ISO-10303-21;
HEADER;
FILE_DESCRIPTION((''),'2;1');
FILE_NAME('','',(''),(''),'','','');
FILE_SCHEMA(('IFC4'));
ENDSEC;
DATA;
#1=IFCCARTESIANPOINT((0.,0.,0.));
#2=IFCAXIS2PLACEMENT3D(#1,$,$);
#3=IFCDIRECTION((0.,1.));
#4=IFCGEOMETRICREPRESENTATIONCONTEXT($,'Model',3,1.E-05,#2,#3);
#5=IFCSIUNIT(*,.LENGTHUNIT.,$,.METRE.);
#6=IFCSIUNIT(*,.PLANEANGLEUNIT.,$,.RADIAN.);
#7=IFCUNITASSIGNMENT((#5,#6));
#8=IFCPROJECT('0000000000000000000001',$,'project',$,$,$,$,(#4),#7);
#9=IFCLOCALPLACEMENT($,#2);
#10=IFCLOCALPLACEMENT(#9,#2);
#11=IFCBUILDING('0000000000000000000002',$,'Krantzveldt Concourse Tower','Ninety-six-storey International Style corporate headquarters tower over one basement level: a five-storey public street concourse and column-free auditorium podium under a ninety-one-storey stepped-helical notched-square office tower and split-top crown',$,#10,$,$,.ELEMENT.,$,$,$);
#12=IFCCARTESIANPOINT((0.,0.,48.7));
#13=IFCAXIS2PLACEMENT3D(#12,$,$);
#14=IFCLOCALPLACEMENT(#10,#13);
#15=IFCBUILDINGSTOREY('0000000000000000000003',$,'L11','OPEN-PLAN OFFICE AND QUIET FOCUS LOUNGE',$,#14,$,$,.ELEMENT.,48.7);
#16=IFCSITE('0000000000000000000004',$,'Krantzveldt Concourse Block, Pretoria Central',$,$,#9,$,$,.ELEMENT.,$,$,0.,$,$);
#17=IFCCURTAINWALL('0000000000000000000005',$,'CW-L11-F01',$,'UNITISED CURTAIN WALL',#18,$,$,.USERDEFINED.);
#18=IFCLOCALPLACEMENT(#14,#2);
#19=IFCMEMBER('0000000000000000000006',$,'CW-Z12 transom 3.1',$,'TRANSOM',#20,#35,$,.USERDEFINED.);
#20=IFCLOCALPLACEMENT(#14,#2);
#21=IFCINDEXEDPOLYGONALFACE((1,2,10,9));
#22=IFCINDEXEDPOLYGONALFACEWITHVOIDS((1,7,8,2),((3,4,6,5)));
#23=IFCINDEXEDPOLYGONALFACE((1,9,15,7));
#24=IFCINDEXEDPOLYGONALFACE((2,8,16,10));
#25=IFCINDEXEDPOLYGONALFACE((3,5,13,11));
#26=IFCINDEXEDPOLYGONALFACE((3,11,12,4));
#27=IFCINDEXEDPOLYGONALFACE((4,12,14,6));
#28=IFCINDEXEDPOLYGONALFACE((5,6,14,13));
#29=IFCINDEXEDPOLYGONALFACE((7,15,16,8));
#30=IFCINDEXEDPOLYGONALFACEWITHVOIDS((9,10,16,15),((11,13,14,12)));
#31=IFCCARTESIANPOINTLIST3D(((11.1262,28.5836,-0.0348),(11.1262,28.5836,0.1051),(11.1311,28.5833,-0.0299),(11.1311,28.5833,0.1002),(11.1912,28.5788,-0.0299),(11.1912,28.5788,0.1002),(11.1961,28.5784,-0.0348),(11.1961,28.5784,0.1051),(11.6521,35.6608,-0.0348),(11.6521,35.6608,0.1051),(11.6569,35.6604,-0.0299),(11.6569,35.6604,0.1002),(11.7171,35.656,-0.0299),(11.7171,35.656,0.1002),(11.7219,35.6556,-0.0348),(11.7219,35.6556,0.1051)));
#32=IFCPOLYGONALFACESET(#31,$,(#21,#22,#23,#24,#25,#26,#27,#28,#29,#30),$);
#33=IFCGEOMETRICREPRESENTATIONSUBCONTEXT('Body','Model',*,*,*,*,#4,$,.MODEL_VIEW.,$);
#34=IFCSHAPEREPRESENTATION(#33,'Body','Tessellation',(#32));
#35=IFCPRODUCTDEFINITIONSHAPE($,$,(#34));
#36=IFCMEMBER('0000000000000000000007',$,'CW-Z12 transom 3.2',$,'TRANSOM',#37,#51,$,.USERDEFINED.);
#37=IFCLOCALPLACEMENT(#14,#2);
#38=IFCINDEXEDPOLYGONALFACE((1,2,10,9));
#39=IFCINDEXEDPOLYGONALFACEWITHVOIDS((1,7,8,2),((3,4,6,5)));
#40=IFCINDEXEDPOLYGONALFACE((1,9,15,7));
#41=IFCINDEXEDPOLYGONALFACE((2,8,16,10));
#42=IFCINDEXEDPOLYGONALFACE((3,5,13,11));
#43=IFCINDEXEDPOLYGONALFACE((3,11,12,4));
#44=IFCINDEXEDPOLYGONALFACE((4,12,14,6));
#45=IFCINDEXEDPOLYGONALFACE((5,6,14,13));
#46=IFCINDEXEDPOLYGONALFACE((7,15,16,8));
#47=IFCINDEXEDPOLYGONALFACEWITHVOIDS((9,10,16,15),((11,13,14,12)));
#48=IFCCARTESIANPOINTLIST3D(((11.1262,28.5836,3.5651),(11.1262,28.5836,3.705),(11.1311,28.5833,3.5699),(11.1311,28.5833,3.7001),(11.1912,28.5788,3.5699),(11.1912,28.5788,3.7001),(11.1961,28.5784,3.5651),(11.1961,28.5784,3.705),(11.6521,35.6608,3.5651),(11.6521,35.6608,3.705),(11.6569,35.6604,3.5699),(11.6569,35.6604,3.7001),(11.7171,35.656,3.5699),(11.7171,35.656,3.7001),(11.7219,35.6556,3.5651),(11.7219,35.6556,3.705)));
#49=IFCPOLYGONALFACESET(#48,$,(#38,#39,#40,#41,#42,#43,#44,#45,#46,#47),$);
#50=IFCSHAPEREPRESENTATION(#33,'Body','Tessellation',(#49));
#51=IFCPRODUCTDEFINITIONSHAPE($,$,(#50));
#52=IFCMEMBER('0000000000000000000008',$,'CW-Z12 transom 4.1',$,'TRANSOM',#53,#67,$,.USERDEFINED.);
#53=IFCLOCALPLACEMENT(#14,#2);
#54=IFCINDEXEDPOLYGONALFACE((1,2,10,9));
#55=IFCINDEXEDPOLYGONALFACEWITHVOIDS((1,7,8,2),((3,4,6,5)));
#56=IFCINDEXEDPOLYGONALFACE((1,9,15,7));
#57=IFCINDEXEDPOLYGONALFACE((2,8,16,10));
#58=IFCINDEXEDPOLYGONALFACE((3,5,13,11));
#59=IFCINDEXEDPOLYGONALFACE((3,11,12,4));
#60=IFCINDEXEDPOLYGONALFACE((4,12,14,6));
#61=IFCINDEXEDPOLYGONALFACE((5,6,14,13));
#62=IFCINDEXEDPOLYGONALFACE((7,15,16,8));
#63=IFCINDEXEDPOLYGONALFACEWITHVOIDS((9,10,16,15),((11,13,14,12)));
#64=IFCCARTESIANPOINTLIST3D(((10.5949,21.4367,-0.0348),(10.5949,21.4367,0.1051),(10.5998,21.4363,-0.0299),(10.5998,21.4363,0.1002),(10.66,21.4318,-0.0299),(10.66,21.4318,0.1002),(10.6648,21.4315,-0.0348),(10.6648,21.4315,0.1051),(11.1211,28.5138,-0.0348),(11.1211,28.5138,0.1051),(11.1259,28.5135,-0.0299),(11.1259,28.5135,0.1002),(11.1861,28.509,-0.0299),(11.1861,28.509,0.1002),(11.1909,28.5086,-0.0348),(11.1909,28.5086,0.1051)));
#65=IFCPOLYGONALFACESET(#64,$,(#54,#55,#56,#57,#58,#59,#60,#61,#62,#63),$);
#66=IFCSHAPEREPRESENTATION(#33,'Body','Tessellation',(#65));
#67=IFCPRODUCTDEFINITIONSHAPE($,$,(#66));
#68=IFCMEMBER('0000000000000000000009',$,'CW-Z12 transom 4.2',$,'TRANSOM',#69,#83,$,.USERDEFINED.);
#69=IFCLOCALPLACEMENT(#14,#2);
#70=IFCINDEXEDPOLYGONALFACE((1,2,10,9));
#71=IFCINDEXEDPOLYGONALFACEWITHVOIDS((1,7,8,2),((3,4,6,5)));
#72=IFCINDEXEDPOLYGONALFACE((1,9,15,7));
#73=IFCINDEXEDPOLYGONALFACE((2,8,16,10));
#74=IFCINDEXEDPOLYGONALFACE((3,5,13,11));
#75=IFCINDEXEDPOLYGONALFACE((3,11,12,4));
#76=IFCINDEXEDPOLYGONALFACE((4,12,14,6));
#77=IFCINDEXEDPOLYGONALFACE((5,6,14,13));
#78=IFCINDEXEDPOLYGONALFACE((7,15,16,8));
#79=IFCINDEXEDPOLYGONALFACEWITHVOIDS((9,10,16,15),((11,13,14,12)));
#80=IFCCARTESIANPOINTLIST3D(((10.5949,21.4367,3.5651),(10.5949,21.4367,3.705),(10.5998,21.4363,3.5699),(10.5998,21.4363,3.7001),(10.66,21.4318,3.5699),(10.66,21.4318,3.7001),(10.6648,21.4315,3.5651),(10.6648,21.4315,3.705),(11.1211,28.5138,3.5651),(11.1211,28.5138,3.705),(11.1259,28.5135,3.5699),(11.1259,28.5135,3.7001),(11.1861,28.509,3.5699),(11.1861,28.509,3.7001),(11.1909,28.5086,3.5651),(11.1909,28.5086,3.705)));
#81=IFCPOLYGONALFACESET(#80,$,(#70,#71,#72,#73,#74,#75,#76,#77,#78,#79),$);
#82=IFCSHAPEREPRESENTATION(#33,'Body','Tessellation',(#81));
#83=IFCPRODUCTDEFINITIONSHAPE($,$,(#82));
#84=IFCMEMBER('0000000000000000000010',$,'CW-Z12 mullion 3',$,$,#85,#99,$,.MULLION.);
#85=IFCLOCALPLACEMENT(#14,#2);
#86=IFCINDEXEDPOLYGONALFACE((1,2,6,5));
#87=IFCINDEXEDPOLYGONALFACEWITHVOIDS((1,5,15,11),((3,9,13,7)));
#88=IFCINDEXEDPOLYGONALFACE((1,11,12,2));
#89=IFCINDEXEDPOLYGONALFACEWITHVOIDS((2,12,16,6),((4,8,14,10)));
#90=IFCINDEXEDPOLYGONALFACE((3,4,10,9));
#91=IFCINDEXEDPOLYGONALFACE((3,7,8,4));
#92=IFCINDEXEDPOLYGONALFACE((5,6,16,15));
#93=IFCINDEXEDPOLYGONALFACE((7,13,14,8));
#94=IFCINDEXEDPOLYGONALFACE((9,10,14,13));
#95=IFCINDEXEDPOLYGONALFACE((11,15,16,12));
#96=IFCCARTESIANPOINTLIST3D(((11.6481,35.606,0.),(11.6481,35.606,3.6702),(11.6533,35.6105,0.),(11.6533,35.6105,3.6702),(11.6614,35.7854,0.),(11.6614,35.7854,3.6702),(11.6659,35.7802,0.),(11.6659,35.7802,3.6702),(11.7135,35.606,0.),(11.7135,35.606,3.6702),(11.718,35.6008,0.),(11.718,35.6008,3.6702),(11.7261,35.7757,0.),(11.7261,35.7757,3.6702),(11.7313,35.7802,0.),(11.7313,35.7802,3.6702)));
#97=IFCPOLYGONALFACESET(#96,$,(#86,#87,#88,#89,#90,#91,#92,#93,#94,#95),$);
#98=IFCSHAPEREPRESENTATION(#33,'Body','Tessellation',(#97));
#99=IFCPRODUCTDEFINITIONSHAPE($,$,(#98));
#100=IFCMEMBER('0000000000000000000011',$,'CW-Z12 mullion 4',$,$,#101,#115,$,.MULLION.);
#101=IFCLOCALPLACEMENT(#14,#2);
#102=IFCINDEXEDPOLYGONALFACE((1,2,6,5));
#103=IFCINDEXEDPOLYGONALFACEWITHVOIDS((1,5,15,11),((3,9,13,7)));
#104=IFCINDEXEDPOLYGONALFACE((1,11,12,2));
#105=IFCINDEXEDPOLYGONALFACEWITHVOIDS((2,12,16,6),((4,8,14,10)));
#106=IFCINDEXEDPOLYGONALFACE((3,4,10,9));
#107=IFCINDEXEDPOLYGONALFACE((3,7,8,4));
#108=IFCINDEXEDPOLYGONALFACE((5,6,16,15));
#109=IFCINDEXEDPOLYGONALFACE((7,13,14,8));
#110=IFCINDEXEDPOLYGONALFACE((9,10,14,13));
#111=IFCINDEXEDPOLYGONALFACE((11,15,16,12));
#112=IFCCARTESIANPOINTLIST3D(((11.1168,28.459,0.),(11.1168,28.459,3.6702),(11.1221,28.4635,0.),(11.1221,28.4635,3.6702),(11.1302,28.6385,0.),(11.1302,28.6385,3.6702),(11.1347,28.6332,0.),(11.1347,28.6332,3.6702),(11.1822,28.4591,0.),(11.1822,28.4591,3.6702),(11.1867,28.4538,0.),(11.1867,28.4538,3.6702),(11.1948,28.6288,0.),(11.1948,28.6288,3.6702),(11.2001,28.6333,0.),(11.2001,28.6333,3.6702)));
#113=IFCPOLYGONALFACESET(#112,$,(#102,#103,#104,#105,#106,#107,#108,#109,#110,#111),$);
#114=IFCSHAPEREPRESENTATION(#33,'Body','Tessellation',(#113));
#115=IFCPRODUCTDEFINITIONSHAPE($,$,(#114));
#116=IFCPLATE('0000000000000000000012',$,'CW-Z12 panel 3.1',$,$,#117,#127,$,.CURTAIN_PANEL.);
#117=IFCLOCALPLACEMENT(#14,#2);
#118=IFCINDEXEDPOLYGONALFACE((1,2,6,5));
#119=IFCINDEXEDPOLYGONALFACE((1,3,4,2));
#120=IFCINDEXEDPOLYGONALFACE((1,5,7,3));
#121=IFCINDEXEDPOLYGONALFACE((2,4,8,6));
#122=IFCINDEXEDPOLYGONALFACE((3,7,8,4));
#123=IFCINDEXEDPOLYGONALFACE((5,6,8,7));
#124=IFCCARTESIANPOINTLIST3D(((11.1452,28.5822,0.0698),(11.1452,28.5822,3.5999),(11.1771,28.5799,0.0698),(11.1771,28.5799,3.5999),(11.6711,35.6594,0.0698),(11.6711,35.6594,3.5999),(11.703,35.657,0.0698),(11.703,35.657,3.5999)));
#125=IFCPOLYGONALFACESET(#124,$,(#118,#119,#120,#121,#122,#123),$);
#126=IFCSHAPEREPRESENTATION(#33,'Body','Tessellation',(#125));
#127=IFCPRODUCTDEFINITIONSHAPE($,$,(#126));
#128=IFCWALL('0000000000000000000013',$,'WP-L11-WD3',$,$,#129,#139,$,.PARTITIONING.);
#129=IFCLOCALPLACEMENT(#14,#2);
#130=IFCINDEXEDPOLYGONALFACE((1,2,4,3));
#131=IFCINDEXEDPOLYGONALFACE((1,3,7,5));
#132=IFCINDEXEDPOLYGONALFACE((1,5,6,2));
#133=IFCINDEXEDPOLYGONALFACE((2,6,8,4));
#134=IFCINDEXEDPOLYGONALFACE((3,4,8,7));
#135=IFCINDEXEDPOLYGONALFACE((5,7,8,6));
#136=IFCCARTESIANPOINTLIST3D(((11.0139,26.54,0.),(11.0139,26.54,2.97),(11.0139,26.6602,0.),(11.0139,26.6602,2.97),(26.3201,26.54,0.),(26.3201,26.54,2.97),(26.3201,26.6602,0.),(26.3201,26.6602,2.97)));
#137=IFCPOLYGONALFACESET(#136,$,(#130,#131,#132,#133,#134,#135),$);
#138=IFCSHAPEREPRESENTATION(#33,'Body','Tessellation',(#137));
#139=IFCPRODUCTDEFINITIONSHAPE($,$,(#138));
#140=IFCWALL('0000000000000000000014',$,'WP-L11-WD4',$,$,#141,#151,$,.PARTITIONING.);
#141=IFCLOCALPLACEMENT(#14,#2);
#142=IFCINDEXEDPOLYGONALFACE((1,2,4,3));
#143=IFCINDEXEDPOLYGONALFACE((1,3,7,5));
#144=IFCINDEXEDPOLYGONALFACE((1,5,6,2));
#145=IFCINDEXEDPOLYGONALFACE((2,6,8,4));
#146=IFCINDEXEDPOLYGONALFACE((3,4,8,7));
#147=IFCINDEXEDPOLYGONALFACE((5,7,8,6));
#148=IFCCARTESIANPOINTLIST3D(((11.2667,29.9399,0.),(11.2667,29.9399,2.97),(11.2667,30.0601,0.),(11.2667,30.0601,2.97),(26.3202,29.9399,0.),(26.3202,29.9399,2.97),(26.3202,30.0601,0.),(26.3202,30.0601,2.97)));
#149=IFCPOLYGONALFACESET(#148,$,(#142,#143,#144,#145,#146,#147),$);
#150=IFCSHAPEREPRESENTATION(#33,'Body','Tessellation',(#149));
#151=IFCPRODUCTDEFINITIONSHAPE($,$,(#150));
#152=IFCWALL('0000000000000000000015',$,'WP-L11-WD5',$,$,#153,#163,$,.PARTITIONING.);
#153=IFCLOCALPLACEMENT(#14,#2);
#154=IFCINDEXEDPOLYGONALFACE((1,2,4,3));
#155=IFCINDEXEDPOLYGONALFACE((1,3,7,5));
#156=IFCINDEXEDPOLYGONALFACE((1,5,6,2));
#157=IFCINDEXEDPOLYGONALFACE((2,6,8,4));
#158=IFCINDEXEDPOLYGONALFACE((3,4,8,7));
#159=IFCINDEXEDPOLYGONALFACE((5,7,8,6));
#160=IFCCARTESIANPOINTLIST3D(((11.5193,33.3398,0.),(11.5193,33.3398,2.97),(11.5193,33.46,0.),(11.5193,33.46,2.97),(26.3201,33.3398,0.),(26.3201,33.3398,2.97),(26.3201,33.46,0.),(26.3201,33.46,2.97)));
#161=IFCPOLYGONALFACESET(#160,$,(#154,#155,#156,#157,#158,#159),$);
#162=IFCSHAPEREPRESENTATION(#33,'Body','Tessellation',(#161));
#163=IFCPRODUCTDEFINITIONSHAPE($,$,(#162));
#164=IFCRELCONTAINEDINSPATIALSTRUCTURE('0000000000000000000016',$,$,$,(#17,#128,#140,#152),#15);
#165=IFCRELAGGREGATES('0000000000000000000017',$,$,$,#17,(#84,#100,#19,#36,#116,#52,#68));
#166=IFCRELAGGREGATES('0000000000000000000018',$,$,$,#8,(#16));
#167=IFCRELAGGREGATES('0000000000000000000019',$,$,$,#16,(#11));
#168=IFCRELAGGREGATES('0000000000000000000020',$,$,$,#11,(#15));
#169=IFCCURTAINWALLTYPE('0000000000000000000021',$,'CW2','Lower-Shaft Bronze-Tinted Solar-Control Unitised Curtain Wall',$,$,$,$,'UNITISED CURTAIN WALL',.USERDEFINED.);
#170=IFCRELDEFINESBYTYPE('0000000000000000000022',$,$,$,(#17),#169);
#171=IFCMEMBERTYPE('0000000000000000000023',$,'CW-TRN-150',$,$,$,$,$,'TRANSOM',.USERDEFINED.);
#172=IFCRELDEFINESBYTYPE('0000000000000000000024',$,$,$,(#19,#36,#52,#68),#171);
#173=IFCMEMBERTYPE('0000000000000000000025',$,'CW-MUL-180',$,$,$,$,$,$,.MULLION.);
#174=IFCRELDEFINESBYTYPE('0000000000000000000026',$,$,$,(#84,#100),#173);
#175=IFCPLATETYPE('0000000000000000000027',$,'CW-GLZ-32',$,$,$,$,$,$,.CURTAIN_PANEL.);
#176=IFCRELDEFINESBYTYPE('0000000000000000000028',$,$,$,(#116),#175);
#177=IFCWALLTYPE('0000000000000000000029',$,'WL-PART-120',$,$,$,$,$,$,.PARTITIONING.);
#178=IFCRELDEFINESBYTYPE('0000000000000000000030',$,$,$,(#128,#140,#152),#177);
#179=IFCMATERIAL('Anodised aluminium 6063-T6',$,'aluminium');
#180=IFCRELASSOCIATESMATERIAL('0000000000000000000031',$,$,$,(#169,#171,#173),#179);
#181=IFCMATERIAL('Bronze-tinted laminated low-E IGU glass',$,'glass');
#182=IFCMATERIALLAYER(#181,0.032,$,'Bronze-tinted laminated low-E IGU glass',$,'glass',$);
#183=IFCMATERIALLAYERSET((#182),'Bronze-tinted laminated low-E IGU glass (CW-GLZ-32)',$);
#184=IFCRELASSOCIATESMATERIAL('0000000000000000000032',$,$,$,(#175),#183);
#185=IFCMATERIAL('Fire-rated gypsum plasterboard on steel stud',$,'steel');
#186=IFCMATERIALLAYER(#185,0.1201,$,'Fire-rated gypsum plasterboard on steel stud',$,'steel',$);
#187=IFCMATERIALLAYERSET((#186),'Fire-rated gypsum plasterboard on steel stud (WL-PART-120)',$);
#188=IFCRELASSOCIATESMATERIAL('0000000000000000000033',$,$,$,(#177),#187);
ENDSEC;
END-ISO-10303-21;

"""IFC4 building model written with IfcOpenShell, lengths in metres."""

from ifc_helpers import new_model, si_unit, direction, frame, frame_2d, origin, origin_2d, place, context, subcontext, project, spatial, rectangle, hollow_rectangle, extrude, source, transform, mapped, material, layer, layer_set, material_profile, profile_set, type_object, type_shapes, element, aggregate, save


model = new_model("IFC4")

# Units and contexts
model_context = context("Model", 3, precision=1e-05, world=origin(), true_north=direction((0.0, 1.0)))
body_context = subcontext(model_context, "Body", "Model", "MODEL_VIEW")
ifc_project = project(units=[si_unit("LENGTHUNIT", "METRE"), si_unit("PLANEANGLEUNIT", "RADIAN")], contexts=[model_context])

# Site, building, storey
site_placement = place(None, origin())
site = spatial("IfcSite", under=ifc_project, at=site_placement, Name="Krantzveldt Concourse Block, Pretoria Central", CompositionType="ELEMENT", RefElevation=0.0)
building_placement = place(site_placement, origin())
building = spatial("IfcBuilding", under=site, at=building_placement, Name="Krantzveldt Concourse Tower", Description="Ninety-six-storey International Style corporate headquarters tower over one basement level: a five-storey public street concourse and column-free auditorium podium under a ninety-one-storey stepped-helical notched-square office tower and split-top crown", CompositionType="ELEMENT")
storey_placement = place(building_placement, frame((0.0, 0.0, 48.7)))
storey = spatial("IfcBuildingStorey", under=building, at=storey_placement, Name="L11", Description="OPEN-PLAN OFFICE AND QUIET FOCUS LOUNGE", CompositionType="ELEMENT", Elevation=48.7)

# Curtain wall, members, plate
ifc_material_1 = material(Name="Anodised aluminium 6063-T6", Category="aluminium")
curtain_wall_type = type_object("IfcCurtainWallType", Name="CW2", Description="Lower-Shaft Bronze-Tinted Solar-Control Unitised Curtain Wall", ElementType="UNITISED CURTAIN WALL", PredefinedType="USERDEFINED", material=ifc_material_1)
curtain_wall_placement = place(storey_placement, origin())
curtain_wall = element("IfcCurtainWall", 1, at=curtain_wall_placement, inside=storey, type_object=curtain_wall_type, Name="CW-L11-F01", ObjectType="UNITISED CURTAIN WALL", PredefinedType="USERDEFINED")
ifc_material_profile_1 = material_profile(ifc_material_1, hollow_rectangle(XDim=0.0701, YDim=0.1399, WallThickness=0.0049, at=origin_2d()), Name="Anodised aluminium 6063-T6", Category="aluminium")
ifc_profile_set_1 = profile_set([ifc_material_profile_1], Name="Anodised aluminium 6063-T6 - ALU-TRAN 140x70x5")
member_type_1 = type_object("IfcMemberType", Name="CW-TRN-150", ElementType="TRANSOM", PredefinedType="USERDEFINED", material=ifc_profile_set_1)
shared_shape_1 = source(origin(), body_context, "Body", "SweptSolid", [
    extrude(hollow_rectangle(XDim=0.0701, YDim=0.1399, WallThickness=0.0049, at=origin_2d()), origin(), (0.0, 0.0, 1.0), 7.0967),
])
type_shapes(member_type_1, [shared_shape_1])
member_1_placement = place(storey_placement, frame((11.687, 35.6582, 0.0352), z_axis=(-0.074102, -0.997251, 0.0), x_axis=(0.997251, -0.074102, 0.0)))
member_1 = element("IfcMember", 2, at=member_1_placement, type_object=member_type_1, Name="CW-Z12 transom 3.1", ObjectType="TRANSOM", PredefinedType="USERDEFINED", context=body_context, shape_type="MappedRepresentation", body=[
    mapped(shared_shape_1, transform((0.0, 0.0, 0.0), x_axis=(1.0, 0.0, 0.0), y_axis=(0.0, 1.0, 0.0), z_axis=(0.0, 0.0, 1.0), scale=1.0)),
])
member_2_placement = place(storey_placement, frame((11.687, 35.6582, 3.635), z_axis=(-0.074102, -0.997251, 0.0), x_axis=(0.997251, -0.074102, 0.0)))
member_2 = element("IfcMember", 3, at=member_2_placement, type_object=member_type_1, Name="CW-Z12 transom 3.2", ObjectType="TRANSOM", PredefinedType="USERDEFINED", context=body_context, shape_type="MappedRepresentation", body=[
    mapped(shared_shape_1, transform((0.0, 0.0, 0.0), x_axis=(1.0, 0.0, 0.0), y_axis=(0.0, 1.0, 0.0), z_axis=(0.0, 0.0, 1.0), scale=1.0)),
])
member_3_placement = place(storey_placement, frame((11.156, 28.5112, 0.0352), z_axis=(-0.074137, -0.997248, 0.0), x_axis=(0.997248, -0.074137, 0.0)))
member_3 = element("IfcMember", 4, at=member_3_placement, type_object=member_type_1, Name="CW-Z12 transom 4.1", ObjectType="TRANSOM", PredefinedType="USERDEFINED", context=body_context, shape_type="MappedRepresentation", body=[
    mapped(shared_shape_1, transform((0.0, 0.0, 0.0), x_axis=(1.0, 0.0, 0.0), y_axis=(0.0, 1.0, 0.0), z_axis=(0.0, 0.0, 1.0), scale=1.0)),
])
member_4_placement = place(storey_placement, frame((11.156, 28.5112, 3.635), z_axis=(-0.074137, -0.997248, 0.0), x_axis=(0.997248, -0.074137, 0.0)))
member_4 = element("IfcMember", 5, at=member_4_placement, type_object=member_type_1, Name="CW-Z12 transom 4.2", ObjectType="TRANSOM", PredefinedType="USERDEFINED", context=body_context, shape_type="MappedRepresentation", body=[
    mapped(shared_shape_1, transform((0.0, 0.0, 0.0), x_axis=(1.0, 0.0, 0.0), y_axis=(0.0, 1.0, 0.0), z_axis=(0.0, 0.0, 1.0), scale=1.0)),
])
ifc_material_profile_2 = material_profile(ifc_material_1, hollow_rectangle(XDim=0.0701, YDim=0.1799, WallThickness=0.0049, at=origin_2d()), Name="Anodised aluminium 6063-T6", Category="aluminium")
ifc_profile_set_2 = profile_set([ifc_material_profile_2], Name="Anodised aluminium 6063-T6 - ALU-MULL 180x70x5")
member_type_2 = type_object("IfcMemberType", Name="CW-MUL-180", PredefinedType="MULLION", material=ifc_profile_set_2)
shared_shape_2 = source(origin(), body_context, "Body", "SweptSolid", [
    extrude(hollow_rectangle(XDim=0.0701, YDim=0.1799, WallThickness=0.0049, at=origin_2d()), origin(), (0.0, 0.0, 1.0), 3.6702),
])
type_shapes(member_type_2, [shared_shape_2])
member_5_placement = place(storey_placement, frame((11.6897, 35.6931, 0.0), z_axis=(0.0, 0.0, 1.0), x_axis=(0.99725, -0.074109, 0.0)))
member_5 = element("IfcMember", 6, at=member_5_placement, type_object=member_type_2, Name="CW-Z12 mullion 3", PredefinedType="MULLION", context=body_context, shape_type="MappedRepresentation", body=[
    mapped(shared_shape_2, transform((0.0, 0.0, 0.0), x_axis=(1.0, 0.0, 0.0), y_axis=(0.0, 1.0, 0.0), z_axis=(0.0, 0.0, 1.0), scale=1.0)),
])
member_6_placement = place(storey_placement, frame((11.1584, 28.5461, 0.0), z_axis=(0.0, 0.0, 1.0), x_axis=(0.99725, -0.074109, 0.0)))
member_6 = element("IfcMember", 7, at=member_6_placement, type_object=member_type_2, Name="CW-Z12 mullion 4", PredefinedType="MULLION", context=body_context, shape_type="MappedRepresentation", body=[
    mapped(shared_shape_2, transform((0.0, 0.0, 0.0), x_axis=(1.0, 0.0, 0.0), y_axis=(0.0, 1.0, 0.0), z_axis=(0.0, 0.0, 1.0), scale=1.0)),
])
ifc_material_2 = material(Name="Bronze-tinted laminated low-E IGU glass", Category="glass")
ifc_layer_1 = layer(ifc_material_2, 0.032, Name="Bronze-tinted laminated low-E IGU glass", Category="glass")
ifc_layer_set_1 = layer_set([ifc_layer_1], Name="Bronze-tinted laminated low-E IGU glass (CW-GLZ-32)")
plate_type = type_object("IfcPlateType", Name="CW-GLZ-32", PredefinedType="CURTAIN_PANEL", material=ifc_layer_set_1)
shared_shape_3 = source(origin(), body_context, "Body", "SweptSolid", [
    extrude(rectangle(XDim=7.0967, YDim=0.032, at=origin_2d()), origin(), (0.0, 0.0, 1.0), 3.53),
])
type_shapes(plate_type, [shared_shape_3])
plate_placement = place(storey_placement, frame((11.4241, 32.1196, 0.0698), z_axis=(0.0, 0.0, 1.0), x_axis=(-0.074109, -0.99725, 0.0)))
plate = element("IfcPlate", 8, at=plate_placement, type_object=plate_type, Name="CW-Z12 panel 3.1", PredefinedType="CURTAIN_PANEL", context=body_context, shape_type="MappedRepresentation", body=[
    mapped(shared_shape_3, transform((0.0, 0.0, 0.0), x_axis=(1.0, 0.0, 0.0), y_axis=(0.0, 1.0, 0.0), z_axis=(0.0, 0.0, 1.0), scale=1.0)),
])
aggregate(curtain_wall, [member_5, member_6, member_1, member_2, plate, member_3, member_4])

# Walls
ifc_material_3 = material(Name="Fire-rated gypsum plasterboard on steel stud", Category="steel")
ifc_layer_2 = layer(ifc_material_3, 0.1201, Name="Fire-rated gypsum plasterboard on steel stud", Category="steel")
ifc_layer_set_2 = layer_set([ifc_layer_2], Name="Fire-rated gypsum plasterboard on steel stud (WL-PART-120)")
wall_type = type_object("IfcWallType", Name="WL-PART-120", PredefinedType="PARTITIONING", material=ifc_layer_set_2)
wall_1_placement = place(storey_placement, frame((11.0139, 26.6001, 0.0), z_axis=(0.0, 0.0, 1.0), x_axis=(1.0, 0.0, 0.0)))
element("IfcWall", 9, at=wall_1_placement, inside=storey, type_object=wall_type, Name="WP-L11-WD3", PredefinedType="PARTITIONING", context=body_context, shape_type="SweptSolid", body=[
    extrude(rectangle(XDim=15.3062, YDim=0.1201, at=frame_2d((7.6531, 0.0))), origin(), (0.0, 0.0, 1.0), 2.97),
])
wall_2_placement = place(storey_placement, frame((11.2666, 30.0, 0.0), z_axis=(0.0, 0.0, 1.0), x_axis=(1.0, 0.0, 0.0)))
element("IfcWall", 10, at=wall_2_placement, inside=storey, type_object=wall_type, Name="WP-L11-WD4", PredefinedType="PARTITIONING", context=body_context, shape_type="SweptSolid", body=[
    extrude(rectangle(XDim=15.0535, YDim=0.1201, at=frame_2d((7.5269, 0.0))), origin(), (0.0, 0.0, 1.0), 2.97),
])
wall_3_placement = place(storey_placement, frame((11.5193, 33.3999, 0.0), z_axis=(0.0, 0.0, 1.0), x_axis=(1.0, 0.0, 0.0)))
element("IfcWall", 11, at=wall_3_placement, inside=storey, type_object=wall_type, Name="WP-L11-WD5", PredefinedType="PARTITIONING", context=body_context, shape_type="SweptSolid", body=[
    extrude(rectangle(XDim=14.8008, YDim=0.1201, at=frame_2d((7.4004, 0.0))), origin(), (0.0, 0.0, 1.0), 2.97),
])

save(model, "model.ifc")
